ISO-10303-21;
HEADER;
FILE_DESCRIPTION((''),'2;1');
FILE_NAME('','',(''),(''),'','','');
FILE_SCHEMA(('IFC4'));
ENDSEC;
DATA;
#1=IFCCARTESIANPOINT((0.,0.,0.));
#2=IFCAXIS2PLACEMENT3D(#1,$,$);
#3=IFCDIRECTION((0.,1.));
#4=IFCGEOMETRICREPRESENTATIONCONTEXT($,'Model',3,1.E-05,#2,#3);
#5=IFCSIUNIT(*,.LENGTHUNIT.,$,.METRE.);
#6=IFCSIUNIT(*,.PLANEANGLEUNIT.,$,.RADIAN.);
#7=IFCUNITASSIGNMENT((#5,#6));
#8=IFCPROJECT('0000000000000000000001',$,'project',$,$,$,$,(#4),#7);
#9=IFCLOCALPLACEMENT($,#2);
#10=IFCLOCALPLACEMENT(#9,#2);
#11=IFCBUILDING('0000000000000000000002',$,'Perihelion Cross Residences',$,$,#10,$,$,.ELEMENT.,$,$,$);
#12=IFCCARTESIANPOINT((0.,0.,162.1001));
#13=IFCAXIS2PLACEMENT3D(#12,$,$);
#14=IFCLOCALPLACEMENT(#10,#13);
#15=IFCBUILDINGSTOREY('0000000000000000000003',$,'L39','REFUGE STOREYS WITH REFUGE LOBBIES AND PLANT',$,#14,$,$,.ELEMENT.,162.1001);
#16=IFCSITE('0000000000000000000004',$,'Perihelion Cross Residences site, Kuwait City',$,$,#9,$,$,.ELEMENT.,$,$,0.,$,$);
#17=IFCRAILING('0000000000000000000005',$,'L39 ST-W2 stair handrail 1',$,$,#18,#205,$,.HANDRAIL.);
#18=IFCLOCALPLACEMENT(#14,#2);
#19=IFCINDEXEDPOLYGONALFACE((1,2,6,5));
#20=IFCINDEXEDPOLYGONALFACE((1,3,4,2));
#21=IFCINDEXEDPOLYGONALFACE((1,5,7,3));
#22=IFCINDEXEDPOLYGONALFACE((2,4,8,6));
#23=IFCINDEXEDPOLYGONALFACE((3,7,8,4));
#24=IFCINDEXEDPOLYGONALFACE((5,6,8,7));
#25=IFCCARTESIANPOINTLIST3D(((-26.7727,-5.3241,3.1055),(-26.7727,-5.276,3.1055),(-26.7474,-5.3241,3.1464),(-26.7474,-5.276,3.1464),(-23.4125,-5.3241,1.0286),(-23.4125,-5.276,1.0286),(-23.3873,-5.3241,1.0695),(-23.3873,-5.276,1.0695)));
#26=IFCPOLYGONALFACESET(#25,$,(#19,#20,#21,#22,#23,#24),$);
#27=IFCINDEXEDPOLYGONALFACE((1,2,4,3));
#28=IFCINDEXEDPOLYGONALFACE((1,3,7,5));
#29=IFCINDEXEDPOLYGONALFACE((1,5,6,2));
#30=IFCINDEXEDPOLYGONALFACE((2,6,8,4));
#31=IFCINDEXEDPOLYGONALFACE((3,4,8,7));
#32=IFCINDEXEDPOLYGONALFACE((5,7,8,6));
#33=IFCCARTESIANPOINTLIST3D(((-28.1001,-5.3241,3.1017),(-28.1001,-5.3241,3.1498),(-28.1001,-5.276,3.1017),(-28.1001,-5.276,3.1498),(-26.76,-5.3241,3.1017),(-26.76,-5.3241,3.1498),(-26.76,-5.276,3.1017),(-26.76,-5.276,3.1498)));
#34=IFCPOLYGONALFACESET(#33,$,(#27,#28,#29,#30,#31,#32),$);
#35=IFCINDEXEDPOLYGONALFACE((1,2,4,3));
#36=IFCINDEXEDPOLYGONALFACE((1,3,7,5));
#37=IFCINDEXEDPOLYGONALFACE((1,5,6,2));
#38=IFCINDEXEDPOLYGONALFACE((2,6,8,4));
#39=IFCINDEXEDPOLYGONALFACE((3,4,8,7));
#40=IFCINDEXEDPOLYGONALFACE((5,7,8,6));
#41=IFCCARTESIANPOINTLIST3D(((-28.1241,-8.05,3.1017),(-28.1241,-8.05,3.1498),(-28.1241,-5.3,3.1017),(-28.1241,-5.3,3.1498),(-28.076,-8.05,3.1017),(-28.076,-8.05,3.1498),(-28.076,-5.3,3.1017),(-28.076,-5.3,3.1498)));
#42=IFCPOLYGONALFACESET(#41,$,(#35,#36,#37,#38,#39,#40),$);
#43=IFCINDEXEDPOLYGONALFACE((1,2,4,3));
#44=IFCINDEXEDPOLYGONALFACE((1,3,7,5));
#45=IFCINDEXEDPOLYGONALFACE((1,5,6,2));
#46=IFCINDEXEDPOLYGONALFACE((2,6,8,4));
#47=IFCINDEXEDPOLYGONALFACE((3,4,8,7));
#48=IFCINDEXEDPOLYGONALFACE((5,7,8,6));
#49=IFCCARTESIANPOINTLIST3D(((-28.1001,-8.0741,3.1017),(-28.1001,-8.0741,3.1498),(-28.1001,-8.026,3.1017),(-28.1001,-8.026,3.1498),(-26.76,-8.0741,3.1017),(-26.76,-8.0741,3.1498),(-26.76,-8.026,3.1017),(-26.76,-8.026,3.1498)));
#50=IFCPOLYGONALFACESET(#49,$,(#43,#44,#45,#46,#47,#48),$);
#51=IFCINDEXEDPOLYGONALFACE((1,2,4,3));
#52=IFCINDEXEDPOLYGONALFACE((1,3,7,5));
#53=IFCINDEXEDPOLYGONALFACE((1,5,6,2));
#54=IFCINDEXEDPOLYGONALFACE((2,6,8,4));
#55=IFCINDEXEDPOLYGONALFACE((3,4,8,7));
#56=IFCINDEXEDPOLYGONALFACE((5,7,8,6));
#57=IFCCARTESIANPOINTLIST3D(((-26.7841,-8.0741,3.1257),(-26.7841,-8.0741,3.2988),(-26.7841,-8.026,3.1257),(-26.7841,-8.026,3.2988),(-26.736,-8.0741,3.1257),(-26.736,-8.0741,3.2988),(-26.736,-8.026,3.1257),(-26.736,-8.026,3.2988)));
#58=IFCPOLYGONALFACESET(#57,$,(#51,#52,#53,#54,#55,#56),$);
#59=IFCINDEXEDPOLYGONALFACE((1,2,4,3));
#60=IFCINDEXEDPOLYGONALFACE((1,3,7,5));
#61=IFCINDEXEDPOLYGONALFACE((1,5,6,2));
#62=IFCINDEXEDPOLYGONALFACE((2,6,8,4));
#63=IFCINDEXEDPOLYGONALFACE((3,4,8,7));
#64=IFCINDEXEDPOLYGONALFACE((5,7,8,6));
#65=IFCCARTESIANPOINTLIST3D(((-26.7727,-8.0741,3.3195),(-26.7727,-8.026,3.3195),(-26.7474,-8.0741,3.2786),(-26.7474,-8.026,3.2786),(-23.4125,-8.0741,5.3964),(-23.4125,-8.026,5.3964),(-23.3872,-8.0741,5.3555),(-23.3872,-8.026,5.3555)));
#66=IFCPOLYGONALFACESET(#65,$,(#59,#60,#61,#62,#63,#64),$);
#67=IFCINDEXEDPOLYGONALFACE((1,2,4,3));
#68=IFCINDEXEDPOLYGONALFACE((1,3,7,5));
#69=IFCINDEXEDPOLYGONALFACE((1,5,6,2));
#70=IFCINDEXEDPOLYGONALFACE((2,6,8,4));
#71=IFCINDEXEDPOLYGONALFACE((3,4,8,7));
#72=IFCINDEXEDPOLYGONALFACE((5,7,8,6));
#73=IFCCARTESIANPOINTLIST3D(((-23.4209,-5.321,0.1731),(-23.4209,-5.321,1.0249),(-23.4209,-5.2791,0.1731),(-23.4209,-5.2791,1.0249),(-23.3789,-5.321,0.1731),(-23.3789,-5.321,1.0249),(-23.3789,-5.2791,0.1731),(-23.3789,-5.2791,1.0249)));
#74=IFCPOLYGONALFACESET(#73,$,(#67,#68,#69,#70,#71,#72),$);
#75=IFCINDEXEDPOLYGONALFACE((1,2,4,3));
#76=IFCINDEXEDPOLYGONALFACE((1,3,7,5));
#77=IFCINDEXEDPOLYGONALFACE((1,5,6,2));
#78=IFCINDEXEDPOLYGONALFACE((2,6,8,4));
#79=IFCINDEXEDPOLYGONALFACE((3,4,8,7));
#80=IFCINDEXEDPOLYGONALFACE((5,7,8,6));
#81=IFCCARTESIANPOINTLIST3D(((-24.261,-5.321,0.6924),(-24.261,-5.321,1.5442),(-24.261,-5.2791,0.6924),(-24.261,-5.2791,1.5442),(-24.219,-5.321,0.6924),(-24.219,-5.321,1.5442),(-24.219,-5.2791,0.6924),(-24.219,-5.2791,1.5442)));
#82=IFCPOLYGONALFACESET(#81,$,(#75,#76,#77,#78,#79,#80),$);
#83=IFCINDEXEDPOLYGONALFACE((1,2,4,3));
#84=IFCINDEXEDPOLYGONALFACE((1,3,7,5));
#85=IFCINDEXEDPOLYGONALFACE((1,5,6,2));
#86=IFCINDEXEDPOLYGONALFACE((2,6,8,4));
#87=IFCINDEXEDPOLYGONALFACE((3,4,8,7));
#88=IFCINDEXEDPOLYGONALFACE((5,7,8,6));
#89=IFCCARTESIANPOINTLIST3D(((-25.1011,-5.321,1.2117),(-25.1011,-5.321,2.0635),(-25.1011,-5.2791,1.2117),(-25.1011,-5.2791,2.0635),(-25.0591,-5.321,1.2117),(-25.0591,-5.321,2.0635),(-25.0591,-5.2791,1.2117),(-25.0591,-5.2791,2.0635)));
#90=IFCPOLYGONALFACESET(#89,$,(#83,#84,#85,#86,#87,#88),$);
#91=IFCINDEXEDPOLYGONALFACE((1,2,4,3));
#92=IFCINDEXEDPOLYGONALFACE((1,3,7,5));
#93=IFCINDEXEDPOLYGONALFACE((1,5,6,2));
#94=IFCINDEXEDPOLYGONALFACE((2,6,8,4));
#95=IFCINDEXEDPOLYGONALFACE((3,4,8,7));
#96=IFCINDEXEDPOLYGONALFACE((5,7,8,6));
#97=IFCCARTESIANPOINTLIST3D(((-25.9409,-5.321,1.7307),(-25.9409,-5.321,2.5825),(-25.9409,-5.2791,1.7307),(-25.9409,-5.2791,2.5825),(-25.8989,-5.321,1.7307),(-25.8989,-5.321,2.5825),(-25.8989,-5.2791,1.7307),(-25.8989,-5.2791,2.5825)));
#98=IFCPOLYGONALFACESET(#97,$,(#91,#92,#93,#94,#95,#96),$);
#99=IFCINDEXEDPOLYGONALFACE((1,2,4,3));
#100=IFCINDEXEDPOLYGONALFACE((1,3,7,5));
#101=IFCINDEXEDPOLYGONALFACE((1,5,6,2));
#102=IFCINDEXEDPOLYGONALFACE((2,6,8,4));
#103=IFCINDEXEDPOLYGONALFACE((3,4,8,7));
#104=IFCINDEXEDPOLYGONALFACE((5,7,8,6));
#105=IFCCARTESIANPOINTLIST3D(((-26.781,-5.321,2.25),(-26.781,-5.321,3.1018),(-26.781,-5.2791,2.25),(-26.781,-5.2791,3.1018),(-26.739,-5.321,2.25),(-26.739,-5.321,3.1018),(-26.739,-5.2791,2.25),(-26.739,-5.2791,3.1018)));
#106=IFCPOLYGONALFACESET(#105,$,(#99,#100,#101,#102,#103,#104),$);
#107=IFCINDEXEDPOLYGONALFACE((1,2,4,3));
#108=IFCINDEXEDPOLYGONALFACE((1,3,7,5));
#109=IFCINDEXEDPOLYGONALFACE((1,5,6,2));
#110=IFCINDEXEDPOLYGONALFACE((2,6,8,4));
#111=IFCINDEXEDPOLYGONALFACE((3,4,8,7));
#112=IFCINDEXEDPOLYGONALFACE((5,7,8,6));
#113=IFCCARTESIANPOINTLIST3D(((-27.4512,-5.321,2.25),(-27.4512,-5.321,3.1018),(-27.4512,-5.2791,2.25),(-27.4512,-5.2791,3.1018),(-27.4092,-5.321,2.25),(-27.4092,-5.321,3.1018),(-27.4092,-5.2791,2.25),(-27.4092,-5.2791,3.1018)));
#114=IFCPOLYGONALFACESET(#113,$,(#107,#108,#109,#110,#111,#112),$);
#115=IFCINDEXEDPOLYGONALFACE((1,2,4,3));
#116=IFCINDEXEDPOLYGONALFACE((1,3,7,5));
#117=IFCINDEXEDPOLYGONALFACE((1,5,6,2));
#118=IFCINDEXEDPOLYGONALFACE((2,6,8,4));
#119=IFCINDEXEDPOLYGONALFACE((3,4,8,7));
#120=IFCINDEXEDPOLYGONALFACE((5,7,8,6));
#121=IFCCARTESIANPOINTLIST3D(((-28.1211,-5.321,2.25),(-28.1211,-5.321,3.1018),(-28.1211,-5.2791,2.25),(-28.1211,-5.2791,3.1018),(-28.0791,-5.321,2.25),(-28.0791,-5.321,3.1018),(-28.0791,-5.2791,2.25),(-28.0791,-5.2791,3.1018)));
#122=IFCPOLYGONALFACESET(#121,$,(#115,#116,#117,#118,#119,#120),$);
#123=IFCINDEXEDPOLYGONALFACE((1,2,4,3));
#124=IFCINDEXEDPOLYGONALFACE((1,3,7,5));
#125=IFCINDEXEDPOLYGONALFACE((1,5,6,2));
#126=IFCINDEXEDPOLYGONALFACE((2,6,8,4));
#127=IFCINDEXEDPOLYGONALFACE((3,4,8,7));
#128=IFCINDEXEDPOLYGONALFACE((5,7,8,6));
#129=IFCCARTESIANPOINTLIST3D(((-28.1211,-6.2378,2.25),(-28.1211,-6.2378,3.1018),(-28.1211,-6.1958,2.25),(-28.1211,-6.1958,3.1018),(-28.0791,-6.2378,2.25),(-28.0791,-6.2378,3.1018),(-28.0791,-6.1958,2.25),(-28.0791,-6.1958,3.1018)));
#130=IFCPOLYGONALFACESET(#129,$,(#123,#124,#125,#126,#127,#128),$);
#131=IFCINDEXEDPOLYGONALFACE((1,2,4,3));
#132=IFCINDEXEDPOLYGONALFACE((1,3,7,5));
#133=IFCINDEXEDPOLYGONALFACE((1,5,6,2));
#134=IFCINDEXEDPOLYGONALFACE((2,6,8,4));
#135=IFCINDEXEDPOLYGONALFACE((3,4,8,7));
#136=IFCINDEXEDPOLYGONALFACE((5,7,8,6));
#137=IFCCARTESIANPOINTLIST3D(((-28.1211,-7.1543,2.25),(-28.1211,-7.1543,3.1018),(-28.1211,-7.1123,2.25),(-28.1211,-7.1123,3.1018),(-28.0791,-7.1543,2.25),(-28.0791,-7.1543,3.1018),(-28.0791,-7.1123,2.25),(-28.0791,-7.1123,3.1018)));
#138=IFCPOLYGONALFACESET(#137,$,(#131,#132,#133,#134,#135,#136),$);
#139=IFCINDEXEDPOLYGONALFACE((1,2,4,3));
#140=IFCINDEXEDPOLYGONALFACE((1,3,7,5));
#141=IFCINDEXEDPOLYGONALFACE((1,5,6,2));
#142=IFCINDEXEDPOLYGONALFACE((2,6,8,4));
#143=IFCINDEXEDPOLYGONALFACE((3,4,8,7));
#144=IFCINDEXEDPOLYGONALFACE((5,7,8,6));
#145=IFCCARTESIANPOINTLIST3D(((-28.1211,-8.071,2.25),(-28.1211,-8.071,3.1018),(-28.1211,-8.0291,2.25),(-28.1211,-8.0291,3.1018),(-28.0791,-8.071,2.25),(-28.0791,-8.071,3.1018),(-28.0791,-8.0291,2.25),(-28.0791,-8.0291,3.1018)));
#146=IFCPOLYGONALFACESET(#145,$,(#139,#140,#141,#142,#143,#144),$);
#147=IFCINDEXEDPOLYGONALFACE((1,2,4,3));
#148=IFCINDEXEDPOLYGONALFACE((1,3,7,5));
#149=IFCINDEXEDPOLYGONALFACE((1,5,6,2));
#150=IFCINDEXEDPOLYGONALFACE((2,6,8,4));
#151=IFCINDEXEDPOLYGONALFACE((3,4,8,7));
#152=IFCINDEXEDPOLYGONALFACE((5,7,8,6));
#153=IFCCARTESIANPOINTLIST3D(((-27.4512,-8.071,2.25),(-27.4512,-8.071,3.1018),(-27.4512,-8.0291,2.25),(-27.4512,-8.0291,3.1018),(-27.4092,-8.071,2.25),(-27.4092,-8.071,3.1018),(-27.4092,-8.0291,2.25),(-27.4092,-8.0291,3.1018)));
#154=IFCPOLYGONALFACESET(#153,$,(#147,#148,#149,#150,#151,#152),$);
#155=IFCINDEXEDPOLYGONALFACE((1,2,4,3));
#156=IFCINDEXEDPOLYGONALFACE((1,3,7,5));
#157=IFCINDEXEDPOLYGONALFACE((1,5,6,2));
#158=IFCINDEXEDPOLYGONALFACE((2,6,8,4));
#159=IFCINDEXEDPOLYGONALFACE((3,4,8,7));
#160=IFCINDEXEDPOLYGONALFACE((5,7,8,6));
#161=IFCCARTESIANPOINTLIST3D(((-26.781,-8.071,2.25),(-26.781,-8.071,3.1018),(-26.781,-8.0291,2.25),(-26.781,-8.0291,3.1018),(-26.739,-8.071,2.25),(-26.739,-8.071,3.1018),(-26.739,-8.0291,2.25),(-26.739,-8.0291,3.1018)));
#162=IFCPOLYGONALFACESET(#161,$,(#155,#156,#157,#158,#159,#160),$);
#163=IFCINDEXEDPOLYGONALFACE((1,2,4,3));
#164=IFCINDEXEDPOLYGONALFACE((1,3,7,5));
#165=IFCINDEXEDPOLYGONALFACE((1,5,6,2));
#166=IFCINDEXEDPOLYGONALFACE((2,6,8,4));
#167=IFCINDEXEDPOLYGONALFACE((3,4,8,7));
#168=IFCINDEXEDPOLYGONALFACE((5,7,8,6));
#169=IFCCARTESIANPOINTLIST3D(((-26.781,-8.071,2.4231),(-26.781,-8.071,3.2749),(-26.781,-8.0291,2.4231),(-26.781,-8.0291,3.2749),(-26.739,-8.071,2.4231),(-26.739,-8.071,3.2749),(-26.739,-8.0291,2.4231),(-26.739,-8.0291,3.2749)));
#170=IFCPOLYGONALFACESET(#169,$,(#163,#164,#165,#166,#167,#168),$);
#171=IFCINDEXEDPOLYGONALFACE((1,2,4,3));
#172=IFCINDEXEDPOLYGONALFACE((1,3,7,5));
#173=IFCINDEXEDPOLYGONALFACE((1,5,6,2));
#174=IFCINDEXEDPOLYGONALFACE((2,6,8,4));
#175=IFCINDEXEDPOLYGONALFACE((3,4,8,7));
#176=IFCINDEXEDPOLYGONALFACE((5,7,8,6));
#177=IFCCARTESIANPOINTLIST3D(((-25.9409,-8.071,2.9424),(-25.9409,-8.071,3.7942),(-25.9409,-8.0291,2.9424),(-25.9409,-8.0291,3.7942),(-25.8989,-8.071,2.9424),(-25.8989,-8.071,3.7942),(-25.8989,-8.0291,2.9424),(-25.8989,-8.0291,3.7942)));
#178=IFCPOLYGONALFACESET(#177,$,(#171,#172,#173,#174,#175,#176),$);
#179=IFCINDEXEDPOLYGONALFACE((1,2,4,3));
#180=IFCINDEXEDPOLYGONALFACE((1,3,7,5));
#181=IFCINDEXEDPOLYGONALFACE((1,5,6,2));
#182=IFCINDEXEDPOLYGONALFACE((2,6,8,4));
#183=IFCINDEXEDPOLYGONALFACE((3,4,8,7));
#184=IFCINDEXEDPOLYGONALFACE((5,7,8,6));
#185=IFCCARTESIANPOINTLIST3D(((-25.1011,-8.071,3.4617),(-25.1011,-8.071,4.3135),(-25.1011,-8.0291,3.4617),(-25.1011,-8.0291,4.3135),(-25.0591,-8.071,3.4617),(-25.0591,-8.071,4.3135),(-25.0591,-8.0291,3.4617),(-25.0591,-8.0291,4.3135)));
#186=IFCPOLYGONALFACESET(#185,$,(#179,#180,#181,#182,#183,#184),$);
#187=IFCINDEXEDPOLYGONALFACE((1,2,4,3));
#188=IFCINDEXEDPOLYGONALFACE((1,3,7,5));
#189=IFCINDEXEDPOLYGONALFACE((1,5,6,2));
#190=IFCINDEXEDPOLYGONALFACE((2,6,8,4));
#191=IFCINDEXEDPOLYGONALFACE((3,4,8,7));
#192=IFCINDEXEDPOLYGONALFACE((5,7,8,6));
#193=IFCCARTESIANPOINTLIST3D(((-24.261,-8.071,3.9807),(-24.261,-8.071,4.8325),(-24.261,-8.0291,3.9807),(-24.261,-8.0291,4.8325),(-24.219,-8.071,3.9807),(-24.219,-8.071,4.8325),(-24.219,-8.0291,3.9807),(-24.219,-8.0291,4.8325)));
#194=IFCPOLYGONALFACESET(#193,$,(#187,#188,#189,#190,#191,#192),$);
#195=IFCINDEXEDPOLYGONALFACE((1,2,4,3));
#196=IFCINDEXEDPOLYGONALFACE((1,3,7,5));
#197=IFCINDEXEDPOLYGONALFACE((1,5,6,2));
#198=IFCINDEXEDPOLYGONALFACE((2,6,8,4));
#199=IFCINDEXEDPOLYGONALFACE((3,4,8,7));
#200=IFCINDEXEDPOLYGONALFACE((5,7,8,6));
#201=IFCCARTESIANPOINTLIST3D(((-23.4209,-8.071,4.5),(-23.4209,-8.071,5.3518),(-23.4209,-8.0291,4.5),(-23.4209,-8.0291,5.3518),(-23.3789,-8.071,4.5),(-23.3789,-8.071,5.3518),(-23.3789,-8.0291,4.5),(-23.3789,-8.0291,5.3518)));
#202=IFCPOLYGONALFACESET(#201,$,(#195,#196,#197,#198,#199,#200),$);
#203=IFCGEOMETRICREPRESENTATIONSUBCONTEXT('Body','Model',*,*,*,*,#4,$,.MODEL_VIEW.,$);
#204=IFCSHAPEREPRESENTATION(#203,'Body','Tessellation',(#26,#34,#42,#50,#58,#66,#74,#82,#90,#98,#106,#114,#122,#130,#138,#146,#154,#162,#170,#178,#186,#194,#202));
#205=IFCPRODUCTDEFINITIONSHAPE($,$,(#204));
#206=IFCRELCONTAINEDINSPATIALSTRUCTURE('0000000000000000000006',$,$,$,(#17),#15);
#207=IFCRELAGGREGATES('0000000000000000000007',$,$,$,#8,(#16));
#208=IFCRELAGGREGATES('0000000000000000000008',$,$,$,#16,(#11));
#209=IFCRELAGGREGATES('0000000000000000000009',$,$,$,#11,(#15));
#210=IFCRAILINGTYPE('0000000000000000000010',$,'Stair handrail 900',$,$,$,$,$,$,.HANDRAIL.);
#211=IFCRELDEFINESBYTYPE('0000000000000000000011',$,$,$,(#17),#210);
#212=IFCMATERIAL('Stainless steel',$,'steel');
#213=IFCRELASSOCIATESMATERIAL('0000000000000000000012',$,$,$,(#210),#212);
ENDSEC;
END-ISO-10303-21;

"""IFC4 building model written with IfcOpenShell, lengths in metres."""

from ifc_helpers import new_model, si_unit, direction, frame, origin, origin_2d, place, context, subcontext, project, spatial, rectangle, extrude, material, type_object, element, save


model = new_model("IFC4")

# Units and contexts
model_context = context("Model", 3, precision=1e-05, world=origin(), true_north=direction((0.0, 1.0)))
body_context = subcontext(model_context, "Body", "Model", "MODEL_VIEW")
ifc_project = project(units=[si_unit("LENGTHUNIT", "METRE"), si_unit("PLANEANGLEUNIT", "RADIAN")], contexts=[model_context])

# Site, building, storey
site_placement = place(None, origin())
site = spatial("IfcSite", under=ifc_project, at=site_placement, Name="Perihelion Cross Residences site, Kuwait City", CompositionType="ELEMENT", RefElevation=0.0)
building_placement = place(site_placement, origin())
building = spatial("IfcBuilding", under=site, at=building_placement, Name="Perihelion Cross Residences", CompositionType="ELEMENT")
storey_placement = place(building_placement, frame((0.0, 0.0, 162.1001)))
storey = spatial("IfcBuildingStorey", under=building, at=storey_placement, Name="L39", Description="REFUGE STOREYS WITH REFUGE LOBBIES AND PLANT", CompositionType="ELEMENT", Elevation=162.1001)

# Railing
ifc_material_1 = material(Name="Stainless steel", Category="steel")
railing_type_1 = type_object("IfcRailingType", Name="Stair handrail 900", PredefinedType="HANDRAIL", material=ifc_material_1)
railing_1_placement = place(storey_placement, frame((-23.3999, -5.3, 0.1731)))
element("IfcRailing", 1, at=railing_1_placement, inside=storey, type_object=railing_type_1, Name="L39 ST-W2 stair handrail 1", PredefinedType="HANDRAIL", context=body_context, shape_type="SweptSolid", body=[
    extrude(rectangle(XDim=0.0481, YDim=0.0481, at=origin_2d()), frame((0.0, 0.0, 0.876), z_axis=(-0.850623, 0.0, 0.525776), x_axis=(0.0, -1.0, 0.0)), (0.0, 0.0, 1.0), 3.9502),
    extrude(rectangle(XDim=0.0481, YDim=0.0481, at=origin_2d()), frame((-3.3601, 0.0, 2.9526), z_axis=(-1.0, 0.0, 0.0), x_axis=(0.0, -1.0, 0.0)), (0.0, 0.0, 1.0), 1.3401),
    extrude(rectangle(XDim=0.0481, YDim=0.0481, at=origin_2d()), frame((-4.7002, 0.0, 2.9526), z_axis=(0.0, -1.0, 0.0), x_axis=(1.0, 0.0, 0.0)), (0.0, 0.0, 1.0), 2.75),
    extrude(rectangle(XDim=0.0481, YDim=0.0481, at=origin_2d()), frame((-4.7002, -2.75, 2.9526), z_axis=(1.0, 0.0, 0.0), x_axis=(0.0, 1.0, 0.0)), (0.0, 0.0, 1.0), 1.3401),
    extrude(rectangle(XDim=0.0481, YDim=0.0481, at=origin_2d()), frame((-3.3601, -2.75, 2.9526), z_axis=(0.0, 0.0, 1.0), x_axis=(1.0, 0.0, 0.0)), (0.0, 0.0, 1.0), 0.1731),
    extrude(rectangle(XDim=0.0481, YDim=0.0481, at=origin_2d()), frame((-3.3601, -2.75, 3.126), z_axis=(0.850623, 0.0, 0.525776), x_axis=(0.0, 1.0, 0.0)), (0.0, 0.0, 1.0), 3.9502),
    extrude(rectangle(XDim=0.042, YDim=0.042, at=origin_2d()), origin(), (0.0, 0.0, 1.0), 0.8518),
    extrude(rectangle(XDim=0.042, YDim=0.042, at=origin_2d()), frame((-0.8401, 0.0, 0.5193)), (0.0, 0.0, 1.0), 0.8518),
    extrude(rectangle(XDim=0.042, YDim=0.042, at=origin_2d()), frame((-1.6802, 0.0, 1.0386)), (0.0, 0.0, 1.0), 0.8518),
    extrude(rectangle(XDim=0.042, YDim=0.042, at=origin_2d()), frame((-2.52, 0.0, 1.5576)), (0.0, 0.0, 1.0), 0.8518),
    extrude(rectangle(XDim=0.042, YDim=0.042, at=origin_2d()), frame((-3.3601, 0.0, 2.0769)), (0.0, 0.0, 1.0), 0.8518),
    extrude(rectangle(XDim=0.042, YDim=0.042, at=origin_2d()), frame((-4.0303, 0.0, 2.0769)), (0.0, 0.0, 1.0), 0.8518),
    extrude(rectangle(XDim=0.042, YDim=0.042, at=origin_2d()), frame((-4.7002, 0.0, 2.0769)), (0.0, 0.0, 1.0), 0.8518),
    extrude(rectangle(XDim=0.042, YDim=0.042, at=origin_2d()), frame((-4.7002, -0.9167, 2.0769)), (0.0, 0.0, 1.0), 0.8518),
    extrude(rectangle(XDim=0.042, YDim=0.042, at=origin_2d()), frame((-4.7002, -1.8333, 2.0769)), (0.0, 0.0, 1.0), 0.8518),
    extrude(rectangle(XDim=0.042, YDim=0.042, at=origin_2d()), frame((-4.7002, -2.75, 2.0769)), (0.0, 0.0, 1.0), 0.8518),
    extrude(rectangle(XDim=0.042, YDim=0.042, at=origin_2d()), frame((-4.0303, -2.75, 2.0769)), (0.0, 0.0, 1.0), 0.8518),
    extrude(rectangle(XDim=0.042, YDim=0.042, at=origin_2d()), frame((-3.3601, -2.75, 2.0769)), (0.0, 0.0, 1.0), 0.8518),
    extrude(rectangle(XDim=0.042, YDim=0.042, at=origin_2d()), frame((-3.3601, -2.75, 2.25)), (0.0, 0.0, 1.0), 0.8518),
    extrude(rectangle(XDim=0.042, YDim=0.042, at=origin_2d()), frame((-2.52, -2.75, 2.7693)), (0.0, 0.0, 1.0), 0.8518),
    extrude(rectangle(XDim=0.042, YDim=0.042, at=origin_2d()), frame((-1.6802, -2.75, 3.2886)), (0.0, 0.0, 1.0), 0.8518),
    extrude(rectangle(XDim=0.042, YDim=0.042, at=origin_2d()), frame((-0.8401, -2.75, 3.8076)), (0.0, 0.0, 1.0), 0.8518),
    extrude(rectangle(XDim=0.042, YDim=0.042, at=origin_2d()), frame((0.0, -2.75, 4.3269)), (0.0, 0.0, 1.0), 0.8518),
])

save(model, "model.ifc")
